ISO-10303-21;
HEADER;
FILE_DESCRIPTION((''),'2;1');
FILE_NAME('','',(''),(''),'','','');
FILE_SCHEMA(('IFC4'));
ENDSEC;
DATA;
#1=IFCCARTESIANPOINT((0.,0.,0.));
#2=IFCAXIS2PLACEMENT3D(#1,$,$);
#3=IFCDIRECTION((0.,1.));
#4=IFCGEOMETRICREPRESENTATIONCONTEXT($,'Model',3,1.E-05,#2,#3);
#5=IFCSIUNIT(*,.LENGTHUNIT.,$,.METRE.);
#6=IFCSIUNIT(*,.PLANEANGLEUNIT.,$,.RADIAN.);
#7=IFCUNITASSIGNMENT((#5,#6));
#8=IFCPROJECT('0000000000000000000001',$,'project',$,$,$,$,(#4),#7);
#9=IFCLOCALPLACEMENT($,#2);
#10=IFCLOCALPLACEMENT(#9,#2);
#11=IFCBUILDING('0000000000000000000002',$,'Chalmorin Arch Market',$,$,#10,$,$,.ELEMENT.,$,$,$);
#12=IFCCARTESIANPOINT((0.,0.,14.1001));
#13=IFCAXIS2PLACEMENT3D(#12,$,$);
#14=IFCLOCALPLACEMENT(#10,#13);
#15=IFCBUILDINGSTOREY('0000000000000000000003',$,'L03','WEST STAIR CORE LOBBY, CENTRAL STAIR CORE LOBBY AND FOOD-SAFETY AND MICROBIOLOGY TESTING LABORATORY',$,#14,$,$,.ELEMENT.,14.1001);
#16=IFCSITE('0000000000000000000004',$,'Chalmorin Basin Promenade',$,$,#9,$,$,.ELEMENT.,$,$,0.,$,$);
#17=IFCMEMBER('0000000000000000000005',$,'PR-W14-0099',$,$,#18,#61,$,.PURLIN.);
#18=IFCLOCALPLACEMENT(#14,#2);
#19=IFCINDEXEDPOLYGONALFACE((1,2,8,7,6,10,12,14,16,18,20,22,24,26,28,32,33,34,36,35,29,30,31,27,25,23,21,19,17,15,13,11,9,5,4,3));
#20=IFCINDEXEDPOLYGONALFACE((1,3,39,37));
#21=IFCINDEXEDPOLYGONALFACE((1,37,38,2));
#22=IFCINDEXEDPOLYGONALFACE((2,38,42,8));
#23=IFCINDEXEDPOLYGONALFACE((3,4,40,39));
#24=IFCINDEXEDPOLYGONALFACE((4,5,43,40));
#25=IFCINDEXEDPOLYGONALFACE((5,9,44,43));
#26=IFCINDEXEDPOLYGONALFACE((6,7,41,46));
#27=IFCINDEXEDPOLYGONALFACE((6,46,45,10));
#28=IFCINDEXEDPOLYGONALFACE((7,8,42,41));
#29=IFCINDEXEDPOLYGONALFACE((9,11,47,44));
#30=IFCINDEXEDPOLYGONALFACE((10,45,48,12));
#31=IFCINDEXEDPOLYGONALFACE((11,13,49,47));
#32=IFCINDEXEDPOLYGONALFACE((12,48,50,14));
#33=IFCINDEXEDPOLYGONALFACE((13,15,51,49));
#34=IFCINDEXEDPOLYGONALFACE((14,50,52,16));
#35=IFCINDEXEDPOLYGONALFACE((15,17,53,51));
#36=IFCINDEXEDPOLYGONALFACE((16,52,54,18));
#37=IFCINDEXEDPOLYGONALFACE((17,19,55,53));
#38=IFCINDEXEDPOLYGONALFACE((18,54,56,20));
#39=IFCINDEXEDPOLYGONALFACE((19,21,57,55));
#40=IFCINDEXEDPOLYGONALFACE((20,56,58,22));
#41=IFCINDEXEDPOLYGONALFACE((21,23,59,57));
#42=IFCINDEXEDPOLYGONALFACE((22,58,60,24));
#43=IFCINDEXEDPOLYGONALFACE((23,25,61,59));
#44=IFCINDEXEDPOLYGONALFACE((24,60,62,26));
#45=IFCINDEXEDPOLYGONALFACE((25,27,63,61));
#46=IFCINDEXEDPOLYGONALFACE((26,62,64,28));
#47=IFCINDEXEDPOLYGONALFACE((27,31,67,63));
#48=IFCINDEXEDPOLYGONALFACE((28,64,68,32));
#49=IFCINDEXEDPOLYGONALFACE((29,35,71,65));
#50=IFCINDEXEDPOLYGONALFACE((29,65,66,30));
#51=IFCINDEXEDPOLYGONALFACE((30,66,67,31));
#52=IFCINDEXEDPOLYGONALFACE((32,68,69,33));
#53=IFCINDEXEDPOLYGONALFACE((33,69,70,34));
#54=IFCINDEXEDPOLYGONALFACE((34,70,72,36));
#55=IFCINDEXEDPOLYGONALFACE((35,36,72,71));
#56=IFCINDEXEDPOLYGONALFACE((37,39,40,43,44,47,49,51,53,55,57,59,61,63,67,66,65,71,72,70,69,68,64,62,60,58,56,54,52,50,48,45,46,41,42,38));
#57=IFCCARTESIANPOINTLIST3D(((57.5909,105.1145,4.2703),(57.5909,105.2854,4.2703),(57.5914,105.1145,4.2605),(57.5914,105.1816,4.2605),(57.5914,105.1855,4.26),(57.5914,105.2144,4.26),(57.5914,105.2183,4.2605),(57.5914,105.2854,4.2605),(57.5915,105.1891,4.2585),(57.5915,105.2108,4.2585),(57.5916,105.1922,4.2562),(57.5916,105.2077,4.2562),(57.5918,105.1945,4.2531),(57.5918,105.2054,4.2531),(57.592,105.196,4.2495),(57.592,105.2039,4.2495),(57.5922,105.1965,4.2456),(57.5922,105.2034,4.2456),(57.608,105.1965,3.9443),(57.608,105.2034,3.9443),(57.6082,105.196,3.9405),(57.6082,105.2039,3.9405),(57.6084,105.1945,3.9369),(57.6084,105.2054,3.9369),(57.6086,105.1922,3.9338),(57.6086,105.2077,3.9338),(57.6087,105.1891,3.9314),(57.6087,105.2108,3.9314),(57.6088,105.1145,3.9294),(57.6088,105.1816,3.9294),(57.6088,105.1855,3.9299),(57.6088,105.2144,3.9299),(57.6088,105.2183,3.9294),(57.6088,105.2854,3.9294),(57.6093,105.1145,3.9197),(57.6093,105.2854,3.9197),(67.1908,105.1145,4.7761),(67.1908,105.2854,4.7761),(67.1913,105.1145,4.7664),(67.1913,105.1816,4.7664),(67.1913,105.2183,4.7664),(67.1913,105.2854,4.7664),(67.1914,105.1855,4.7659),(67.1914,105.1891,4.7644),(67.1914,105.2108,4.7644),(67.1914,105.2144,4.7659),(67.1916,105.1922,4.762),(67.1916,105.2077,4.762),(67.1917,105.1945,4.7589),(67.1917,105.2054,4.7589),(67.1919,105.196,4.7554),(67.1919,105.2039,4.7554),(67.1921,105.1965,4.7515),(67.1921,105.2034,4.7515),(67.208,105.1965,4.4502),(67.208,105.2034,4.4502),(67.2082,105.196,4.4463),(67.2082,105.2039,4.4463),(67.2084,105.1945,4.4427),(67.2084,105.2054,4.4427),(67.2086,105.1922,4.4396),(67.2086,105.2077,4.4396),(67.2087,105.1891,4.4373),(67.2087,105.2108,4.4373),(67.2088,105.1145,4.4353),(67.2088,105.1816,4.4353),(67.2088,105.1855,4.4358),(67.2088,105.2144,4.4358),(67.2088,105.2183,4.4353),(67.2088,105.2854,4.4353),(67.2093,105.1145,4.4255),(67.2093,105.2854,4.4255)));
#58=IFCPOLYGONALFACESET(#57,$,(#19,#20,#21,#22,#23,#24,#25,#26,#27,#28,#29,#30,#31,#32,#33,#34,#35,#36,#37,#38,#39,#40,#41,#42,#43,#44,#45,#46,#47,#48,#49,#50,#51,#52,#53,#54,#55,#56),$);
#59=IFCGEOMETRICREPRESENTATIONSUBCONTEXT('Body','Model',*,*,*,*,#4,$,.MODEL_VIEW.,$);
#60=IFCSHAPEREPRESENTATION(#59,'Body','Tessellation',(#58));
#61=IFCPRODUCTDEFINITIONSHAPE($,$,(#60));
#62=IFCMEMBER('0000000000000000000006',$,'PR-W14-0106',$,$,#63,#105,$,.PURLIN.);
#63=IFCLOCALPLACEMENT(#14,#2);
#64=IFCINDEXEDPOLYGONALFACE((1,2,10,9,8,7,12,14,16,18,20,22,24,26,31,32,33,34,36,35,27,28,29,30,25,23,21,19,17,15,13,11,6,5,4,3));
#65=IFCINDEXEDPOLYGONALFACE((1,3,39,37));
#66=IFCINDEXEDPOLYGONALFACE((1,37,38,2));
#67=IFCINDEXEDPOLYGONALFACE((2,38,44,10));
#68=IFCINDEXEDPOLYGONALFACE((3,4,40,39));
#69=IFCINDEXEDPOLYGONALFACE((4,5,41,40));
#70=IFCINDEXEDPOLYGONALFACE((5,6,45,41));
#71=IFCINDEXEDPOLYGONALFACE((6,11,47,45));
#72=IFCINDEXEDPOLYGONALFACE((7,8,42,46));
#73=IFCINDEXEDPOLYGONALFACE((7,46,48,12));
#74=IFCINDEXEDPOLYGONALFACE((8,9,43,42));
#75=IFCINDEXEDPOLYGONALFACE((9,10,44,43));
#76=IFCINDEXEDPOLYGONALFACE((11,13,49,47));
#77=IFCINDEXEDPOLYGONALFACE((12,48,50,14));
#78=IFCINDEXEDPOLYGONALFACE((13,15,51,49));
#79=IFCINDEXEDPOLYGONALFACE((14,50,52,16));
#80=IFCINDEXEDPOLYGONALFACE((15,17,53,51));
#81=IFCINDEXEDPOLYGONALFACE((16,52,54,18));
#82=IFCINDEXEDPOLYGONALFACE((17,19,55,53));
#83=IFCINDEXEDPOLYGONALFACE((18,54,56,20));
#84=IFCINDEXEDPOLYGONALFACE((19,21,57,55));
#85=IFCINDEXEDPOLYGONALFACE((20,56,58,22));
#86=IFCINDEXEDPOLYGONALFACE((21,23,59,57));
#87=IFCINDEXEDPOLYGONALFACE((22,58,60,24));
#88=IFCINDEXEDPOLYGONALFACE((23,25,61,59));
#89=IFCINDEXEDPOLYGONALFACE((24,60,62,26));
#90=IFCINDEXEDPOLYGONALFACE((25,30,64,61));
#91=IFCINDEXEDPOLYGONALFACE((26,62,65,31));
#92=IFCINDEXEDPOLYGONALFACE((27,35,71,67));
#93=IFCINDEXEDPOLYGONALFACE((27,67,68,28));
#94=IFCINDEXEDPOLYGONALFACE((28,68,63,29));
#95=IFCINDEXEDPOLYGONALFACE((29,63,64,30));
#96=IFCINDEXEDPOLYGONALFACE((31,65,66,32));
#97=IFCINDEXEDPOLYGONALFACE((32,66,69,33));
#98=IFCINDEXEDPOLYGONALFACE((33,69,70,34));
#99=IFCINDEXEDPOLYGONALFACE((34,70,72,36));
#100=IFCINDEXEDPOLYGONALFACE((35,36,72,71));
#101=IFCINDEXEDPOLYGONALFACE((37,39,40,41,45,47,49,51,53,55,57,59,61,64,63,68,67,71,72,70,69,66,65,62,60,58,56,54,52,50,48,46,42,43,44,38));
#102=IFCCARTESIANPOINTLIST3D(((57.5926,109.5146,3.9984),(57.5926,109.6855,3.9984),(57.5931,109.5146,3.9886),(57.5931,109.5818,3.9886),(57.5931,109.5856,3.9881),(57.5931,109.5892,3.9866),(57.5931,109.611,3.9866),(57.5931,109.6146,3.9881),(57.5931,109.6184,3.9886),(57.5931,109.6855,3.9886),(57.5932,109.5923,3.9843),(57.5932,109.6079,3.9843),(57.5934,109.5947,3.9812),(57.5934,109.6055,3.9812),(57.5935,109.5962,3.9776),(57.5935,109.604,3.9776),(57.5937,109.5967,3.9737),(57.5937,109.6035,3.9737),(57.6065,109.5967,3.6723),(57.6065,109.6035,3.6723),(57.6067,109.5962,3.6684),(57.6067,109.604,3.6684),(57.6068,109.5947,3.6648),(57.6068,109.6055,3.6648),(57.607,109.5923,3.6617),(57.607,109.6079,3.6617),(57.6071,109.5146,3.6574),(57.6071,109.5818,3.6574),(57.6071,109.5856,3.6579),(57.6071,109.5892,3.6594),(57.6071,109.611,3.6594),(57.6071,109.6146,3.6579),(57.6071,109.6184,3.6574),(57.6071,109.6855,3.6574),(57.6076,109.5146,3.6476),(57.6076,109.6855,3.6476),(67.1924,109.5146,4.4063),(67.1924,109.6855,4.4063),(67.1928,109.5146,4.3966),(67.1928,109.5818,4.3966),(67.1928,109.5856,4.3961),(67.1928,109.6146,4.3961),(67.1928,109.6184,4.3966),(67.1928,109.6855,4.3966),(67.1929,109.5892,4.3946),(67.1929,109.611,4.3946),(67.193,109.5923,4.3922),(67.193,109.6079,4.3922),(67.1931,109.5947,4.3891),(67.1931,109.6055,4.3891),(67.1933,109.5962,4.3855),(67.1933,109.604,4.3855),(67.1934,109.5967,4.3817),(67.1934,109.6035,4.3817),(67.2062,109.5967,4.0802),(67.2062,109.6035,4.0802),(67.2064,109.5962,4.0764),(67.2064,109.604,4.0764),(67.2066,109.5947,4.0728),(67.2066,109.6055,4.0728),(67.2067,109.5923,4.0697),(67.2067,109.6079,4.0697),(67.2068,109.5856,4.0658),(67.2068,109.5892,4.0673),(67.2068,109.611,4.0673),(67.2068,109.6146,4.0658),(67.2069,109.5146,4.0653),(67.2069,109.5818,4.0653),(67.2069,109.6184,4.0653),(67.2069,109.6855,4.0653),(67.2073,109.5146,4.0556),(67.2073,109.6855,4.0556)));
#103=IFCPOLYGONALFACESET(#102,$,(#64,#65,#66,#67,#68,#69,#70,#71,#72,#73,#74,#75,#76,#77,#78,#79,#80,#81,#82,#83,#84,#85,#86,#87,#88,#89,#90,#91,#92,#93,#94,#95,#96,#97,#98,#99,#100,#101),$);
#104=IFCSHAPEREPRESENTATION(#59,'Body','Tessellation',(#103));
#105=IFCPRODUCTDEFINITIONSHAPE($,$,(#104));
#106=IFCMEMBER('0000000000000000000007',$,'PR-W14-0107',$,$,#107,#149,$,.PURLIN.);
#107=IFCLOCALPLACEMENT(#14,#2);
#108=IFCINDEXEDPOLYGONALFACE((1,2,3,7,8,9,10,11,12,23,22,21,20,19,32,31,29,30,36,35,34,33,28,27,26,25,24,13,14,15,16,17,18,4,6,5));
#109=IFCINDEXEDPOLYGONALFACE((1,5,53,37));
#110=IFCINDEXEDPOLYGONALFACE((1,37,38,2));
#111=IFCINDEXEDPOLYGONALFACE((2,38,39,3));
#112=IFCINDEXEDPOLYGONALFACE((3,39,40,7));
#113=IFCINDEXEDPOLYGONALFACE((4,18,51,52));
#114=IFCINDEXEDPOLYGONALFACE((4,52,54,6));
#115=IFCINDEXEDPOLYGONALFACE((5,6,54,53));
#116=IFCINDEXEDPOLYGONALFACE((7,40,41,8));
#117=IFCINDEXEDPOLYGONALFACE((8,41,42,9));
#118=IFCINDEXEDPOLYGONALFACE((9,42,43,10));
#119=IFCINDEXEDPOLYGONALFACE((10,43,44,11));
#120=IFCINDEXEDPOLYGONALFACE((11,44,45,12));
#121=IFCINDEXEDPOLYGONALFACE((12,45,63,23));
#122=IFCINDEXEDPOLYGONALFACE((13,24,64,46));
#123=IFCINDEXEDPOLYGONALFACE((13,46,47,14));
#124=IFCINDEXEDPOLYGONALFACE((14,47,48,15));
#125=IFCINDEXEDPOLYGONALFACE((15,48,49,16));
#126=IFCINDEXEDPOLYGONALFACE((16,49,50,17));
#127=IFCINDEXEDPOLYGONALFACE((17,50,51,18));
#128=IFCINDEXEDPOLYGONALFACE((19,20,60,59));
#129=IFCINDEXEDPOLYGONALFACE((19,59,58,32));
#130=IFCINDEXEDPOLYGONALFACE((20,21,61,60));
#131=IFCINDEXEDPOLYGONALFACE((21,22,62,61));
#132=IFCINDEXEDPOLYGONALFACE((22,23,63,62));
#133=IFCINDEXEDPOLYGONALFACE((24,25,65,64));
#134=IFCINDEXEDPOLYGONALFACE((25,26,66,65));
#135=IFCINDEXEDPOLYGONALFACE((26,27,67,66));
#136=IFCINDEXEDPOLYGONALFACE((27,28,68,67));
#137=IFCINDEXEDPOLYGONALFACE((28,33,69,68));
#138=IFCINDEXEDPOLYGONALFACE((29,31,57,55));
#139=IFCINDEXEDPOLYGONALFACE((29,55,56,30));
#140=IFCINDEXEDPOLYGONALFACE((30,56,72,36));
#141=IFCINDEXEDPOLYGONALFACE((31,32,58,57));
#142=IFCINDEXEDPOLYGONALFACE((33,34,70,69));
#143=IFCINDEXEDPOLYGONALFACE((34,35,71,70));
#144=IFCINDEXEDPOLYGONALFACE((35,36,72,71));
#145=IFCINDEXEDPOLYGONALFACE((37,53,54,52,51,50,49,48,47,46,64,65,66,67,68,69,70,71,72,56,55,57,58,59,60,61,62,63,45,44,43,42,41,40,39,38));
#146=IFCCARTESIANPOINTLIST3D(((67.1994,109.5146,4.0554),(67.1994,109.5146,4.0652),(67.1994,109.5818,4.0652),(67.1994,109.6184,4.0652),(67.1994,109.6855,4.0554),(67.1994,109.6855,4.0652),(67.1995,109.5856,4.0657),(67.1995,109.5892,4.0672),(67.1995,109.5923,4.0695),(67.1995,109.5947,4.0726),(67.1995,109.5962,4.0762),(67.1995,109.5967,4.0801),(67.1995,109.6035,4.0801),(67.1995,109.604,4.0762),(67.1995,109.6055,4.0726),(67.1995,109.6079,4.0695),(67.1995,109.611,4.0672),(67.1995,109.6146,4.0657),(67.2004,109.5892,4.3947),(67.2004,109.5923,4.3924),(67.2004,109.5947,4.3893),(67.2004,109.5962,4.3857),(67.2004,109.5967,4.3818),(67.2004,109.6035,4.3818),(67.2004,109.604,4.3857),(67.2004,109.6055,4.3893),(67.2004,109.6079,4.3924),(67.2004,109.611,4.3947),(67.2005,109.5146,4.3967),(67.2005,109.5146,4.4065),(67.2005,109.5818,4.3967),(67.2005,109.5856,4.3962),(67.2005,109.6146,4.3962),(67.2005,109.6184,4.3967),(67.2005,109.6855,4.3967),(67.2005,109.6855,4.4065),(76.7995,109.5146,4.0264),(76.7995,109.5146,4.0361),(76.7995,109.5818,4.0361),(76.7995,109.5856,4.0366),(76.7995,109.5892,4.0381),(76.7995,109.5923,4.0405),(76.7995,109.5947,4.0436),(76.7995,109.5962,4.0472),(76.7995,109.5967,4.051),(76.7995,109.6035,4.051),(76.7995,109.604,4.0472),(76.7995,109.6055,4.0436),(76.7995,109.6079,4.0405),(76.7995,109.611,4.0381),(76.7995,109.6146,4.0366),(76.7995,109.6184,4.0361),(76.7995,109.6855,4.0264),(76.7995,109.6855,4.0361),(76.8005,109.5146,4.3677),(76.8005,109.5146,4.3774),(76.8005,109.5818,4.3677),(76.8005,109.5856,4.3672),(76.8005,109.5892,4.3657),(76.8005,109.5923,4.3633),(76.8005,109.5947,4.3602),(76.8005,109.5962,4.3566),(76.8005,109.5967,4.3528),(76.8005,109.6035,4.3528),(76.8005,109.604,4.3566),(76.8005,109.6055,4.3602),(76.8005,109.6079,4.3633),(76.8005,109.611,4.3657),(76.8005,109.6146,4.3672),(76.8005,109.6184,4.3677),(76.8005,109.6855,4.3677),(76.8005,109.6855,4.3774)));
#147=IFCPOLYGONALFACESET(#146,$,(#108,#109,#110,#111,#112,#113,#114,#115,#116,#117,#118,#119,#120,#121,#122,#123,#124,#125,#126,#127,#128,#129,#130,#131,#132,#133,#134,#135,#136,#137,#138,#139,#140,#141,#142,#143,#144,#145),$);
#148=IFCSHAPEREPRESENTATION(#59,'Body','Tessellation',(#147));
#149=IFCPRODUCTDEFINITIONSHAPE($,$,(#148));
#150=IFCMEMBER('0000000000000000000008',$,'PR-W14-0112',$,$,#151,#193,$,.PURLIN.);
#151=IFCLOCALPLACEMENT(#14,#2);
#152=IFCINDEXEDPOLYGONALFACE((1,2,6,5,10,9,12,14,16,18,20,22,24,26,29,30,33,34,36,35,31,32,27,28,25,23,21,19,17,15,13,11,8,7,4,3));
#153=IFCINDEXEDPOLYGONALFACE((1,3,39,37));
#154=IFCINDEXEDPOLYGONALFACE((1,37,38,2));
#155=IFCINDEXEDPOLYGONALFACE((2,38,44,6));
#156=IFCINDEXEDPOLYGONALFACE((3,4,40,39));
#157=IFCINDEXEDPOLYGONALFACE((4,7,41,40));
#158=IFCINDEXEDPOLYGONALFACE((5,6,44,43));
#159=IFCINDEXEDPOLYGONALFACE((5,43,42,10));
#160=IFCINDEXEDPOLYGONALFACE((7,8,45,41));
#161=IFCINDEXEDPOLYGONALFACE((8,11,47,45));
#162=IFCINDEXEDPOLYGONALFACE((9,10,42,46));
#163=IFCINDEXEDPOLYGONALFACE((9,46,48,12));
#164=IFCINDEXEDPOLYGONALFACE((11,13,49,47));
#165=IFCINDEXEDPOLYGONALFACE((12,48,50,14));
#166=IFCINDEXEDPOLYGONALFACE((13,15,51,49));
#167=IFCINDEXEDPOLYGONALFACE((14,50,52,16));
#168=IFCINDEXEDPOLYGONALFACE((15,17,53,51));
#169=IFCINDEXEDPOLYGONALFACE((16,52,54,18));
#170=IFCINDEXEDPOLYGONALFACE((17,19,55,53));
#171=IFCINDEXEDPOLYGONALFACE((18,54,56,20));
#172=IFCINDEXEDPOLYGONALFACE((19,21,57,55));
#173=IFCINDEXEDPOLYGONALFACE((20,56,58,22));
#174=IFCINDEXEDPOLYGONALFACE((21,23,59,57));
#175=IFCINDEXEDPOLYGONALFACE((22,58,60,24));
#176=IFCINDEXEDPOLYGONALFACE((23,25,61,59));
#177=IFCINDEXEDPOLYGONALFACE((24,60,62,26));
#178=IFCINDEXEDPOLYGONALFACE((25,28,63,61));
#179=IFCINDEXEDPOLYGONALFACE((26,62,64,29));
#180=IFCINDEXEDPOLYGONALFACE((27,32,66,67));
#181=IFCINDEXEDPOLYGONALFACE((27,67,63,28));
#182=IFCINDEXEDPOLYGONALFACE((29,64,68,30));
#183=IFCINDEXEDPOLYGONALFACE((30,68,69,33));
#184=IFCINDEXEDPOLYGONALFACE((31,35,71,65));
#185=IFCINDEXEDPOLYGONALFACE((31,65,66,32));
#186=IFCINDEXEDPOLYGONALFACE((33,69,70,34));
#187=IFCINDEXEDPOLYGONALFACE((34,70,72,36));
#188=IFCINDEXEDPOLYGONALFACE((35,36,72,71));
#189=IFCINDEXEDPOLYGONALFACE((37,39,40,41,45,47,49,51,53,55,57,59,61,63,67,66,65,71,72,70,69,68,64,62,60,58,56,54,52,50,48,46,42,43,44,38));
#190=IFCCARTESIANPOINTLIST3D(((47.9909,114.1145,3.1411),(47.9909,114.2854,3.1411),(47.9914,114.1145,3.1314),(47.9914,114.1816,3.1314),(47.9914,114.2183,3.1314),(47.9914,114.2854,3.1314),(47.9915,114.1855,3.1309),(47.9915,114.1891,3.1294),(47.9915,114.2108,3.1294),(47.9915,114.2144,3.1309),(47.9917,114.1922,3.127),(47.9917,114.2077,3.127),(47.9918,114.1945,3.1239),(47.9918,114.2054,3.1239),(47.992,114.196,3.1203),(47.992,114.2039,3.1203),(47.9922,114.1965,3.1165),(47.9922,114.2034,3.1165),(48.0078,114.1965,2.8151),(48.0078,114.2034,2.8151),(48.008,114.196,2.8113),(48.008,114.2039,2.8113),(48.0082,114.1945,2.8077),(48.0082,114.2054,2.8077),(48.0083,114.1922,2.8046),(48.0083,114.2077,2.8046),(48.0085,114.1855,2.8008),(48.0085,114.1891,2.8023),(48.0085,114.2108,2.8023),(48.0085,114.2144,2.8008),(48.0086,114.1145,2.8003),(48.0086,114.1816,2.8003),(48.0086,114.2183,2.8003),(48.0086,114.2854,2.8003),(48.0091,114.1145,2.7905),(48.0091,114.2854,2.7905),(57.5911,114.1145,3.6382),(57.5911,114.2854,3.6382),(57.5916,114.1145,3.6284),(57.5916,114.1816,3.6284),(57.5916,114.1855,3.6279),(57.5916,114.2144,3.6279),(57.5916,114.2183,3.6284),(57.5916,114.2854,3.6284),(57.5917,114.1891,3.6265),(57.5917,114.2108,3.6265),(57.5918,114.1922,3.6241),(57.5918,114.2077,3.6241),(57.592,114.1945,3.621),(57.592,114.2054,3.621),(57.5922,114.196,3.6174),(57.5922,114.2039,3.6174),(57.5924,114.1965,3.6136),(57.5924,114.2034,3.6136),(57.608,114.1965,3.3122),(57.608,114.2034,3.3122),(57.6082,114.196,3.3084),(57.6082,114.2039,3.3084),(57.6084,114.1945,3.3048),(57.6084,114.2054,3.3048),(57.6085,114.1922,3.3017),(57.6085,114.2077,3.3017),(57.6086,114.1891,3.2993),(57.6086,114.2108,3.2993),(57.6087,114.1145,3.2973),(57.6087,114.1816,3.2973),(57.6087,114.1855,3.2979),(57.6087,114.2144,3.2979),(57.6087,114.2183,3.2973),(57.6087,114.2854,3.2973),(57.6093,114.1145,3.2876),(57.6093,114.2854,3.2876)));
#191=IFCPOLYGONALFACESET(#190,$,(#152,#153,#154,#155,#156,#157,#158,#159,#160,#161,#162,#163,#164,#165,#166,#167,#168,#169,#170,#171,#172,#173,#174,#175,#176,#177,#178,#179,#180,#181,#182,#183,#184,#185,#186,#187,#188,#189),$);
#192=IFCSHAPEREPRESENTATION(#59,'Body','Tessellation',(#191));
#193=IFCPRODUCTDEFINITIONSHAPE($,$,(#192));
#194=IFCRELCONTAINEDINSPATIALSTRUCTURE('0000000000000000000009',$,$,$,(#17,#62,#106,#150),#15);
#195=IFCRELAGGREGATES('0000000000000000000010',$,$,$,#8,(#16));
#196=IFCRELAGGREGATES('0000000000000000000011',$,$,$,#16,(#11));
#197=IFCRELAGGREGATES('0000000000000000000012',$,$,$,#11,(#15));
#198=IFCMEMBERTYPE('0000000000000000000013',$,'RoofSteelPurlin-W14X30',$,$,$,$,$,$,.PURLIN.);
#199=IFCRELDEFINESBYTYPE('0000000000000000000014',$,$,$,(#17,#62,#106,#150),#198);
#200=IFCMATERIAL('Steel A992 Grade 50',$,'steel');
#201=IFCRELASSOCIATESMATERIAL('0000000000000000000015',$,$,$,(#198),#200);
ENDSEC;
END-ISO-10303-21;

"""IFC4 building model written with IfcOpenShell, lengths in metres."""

from ifc_helpers import new_model, si_unit, direction, frame, origin, origin_2d, place, context, subcontext, project, spatial, i_section, extrude, material, material_profile, profile_set, type_object, element, save


model = new_model("IFC4")

# Units and contexts
model_context = context("Model", 3, precision=1e-05, world=origin(), true_north=direction((0.0, 1.0)))
body_context = subcontext(model_context, "Body", "Model", "MODEL_VIEW")
ifc_project = project(units=[si_unit("LENGTHUNIT", "METRE"), si_unit("PLANEANGLEUNIT", "RADIAN")], contexts=[model_context])

# Site, building, storey
site_placement = place(None, origin())
site = spatial("IfcSite", under=ifc_project, at=site_placement, Name="Chalmorin Basin Promenade", CompositionType="ELEMENT", RefElevation=0.0)
building_placement = place(site_placement, origin())
building = spatial("IfcBuilding", under=site, at=building_placement, Name="Chalmorin Arch Market", CompositionType="ELEMENT")
storey_placement = place(building_placement, frame((0.0, 0.0, 14.1001)))
storey = spatial("IfcBuildingStorey", under=building, at=storey_placement, Name="L03", Description="WEST STAIR CORE LOBBY, CENTRAL STAIR CORE LOBBY AND FOOD-SAFETY AND MICROBIOLOGY TESTING LABORATORY", CompositionType="ELEMENT", Elevation=14.1001)

# Shared definitions
ifc_material_1 = material(Name="Steel A992 Grade 50", Category="steel")

# Members
ifc_material_profile_1 = material_profile(ifc_material_1, i_section(OverallWidth=0.1709, OverallDepth=0.3511, WebThickness=0.0068, FlangeThickness=0.0098, FilletRadius=0.0149, at=origin_2d()), Name="W14X30")
ifc_profile_set_1 = profile_set([ifc_material_profile_1], Name="Steel A992 Grade 50")
member_type_1 = type_object("IfcMemberType", Name="RoofSteelPurlin-W14X30", PredefinedType="PURLIN", material=ifc_profile_set_1)
member_1_placement = place(storey_placement, frame((57.6001, 105.2, 4.095), z_axis=(0.998615, 0.0, 0.052621), x_axis=(0.0, 1.0, 0.0)))
element("IfcMember", 1, at=member_1_placement, inside=storey, type_object=member_type_1, Name="PR-W14-0099", PredefinedType="PURLIN", context=body_context, shape_type="SweptSolid", body=[
    extrude(i_section(OverallWidth=0.1709, OverallDepth=0.3511, WebThickness=0.0068, FlangeThickness=0.0098, FilletRadius=0.0149, at=origin_2d()), origin(), (0.0, 0.0, 1.0), 9.6133),
])
member_2_placement = place(storey_placement, frame((57.6001, 109.6001, 3.823), z_axis=(0.999098, 0.0, 0.042458), x_axis=(0.0, 1.0, 0.0)))
element("IfcMember", 2, at=member_2_placement, inside=storey, type_object=member_type_1, Name="PR-W14-0106", PredefinedType="PURLIN", context=body_context, shape_type="SweptSolid", body=[
    extrude(i_section(OverallWidth=0.1709, OverallDepth=0.3511, WebThickness=0.0068, FlangeThickness=0.0098, FilletRadius=0.0149, at=origin_2d()), origin(), (0.0, 0.0, 1.0), 9.6084),
])
member_3_placement = place(storey_placement, frame((67.2, 109.6001, 4.231), z_axis=(0.999995, 0.0, -0.003026), x_axis=(0.0, 1.0, 0.0)))
element("IfcMember", 3, at=member_3_placement, inside=storey, type_object=member_type_1, Name="PR-W14-0107", PredefinedType="PURLIN", context=body_context, shape_type="SweptSolid", body=[
    extrude(i_section(OverallWidth=0.1709, OverallDepth=0.3511, WebThickness=0.0068, FlangeThickness=0.0098, FilletRadius=0.0149, at=origin_2d()), origin(), (0.0, 0.0, 1.0), 9.6001),
])
member_4_placement = place(storey_placement, frame((48.0, 114.2, 2.9658), z_axis=(0.998662, 0.0, 0.051708), x_axis=(0.0, 1.0, 0.0)))
element("IfcMember", 4, at=member_4_placement, inside=storey, type_object=member_type_1, Name="PR-W14-0112", PredefinedType="PURLIN", context=body_context, shape_type="SweptSolid", body=[
    extrude(i_section(OverallWidth=0.1709, OverallDepth=0.3511, WebThickness=0.0068, FlangeThickness=0.0098, FilletRadius=0.0149, at=origin_2d()), origin(), (0.0, 0.0, 1.0), 9.613),
])

save(model, "model.ifc")
